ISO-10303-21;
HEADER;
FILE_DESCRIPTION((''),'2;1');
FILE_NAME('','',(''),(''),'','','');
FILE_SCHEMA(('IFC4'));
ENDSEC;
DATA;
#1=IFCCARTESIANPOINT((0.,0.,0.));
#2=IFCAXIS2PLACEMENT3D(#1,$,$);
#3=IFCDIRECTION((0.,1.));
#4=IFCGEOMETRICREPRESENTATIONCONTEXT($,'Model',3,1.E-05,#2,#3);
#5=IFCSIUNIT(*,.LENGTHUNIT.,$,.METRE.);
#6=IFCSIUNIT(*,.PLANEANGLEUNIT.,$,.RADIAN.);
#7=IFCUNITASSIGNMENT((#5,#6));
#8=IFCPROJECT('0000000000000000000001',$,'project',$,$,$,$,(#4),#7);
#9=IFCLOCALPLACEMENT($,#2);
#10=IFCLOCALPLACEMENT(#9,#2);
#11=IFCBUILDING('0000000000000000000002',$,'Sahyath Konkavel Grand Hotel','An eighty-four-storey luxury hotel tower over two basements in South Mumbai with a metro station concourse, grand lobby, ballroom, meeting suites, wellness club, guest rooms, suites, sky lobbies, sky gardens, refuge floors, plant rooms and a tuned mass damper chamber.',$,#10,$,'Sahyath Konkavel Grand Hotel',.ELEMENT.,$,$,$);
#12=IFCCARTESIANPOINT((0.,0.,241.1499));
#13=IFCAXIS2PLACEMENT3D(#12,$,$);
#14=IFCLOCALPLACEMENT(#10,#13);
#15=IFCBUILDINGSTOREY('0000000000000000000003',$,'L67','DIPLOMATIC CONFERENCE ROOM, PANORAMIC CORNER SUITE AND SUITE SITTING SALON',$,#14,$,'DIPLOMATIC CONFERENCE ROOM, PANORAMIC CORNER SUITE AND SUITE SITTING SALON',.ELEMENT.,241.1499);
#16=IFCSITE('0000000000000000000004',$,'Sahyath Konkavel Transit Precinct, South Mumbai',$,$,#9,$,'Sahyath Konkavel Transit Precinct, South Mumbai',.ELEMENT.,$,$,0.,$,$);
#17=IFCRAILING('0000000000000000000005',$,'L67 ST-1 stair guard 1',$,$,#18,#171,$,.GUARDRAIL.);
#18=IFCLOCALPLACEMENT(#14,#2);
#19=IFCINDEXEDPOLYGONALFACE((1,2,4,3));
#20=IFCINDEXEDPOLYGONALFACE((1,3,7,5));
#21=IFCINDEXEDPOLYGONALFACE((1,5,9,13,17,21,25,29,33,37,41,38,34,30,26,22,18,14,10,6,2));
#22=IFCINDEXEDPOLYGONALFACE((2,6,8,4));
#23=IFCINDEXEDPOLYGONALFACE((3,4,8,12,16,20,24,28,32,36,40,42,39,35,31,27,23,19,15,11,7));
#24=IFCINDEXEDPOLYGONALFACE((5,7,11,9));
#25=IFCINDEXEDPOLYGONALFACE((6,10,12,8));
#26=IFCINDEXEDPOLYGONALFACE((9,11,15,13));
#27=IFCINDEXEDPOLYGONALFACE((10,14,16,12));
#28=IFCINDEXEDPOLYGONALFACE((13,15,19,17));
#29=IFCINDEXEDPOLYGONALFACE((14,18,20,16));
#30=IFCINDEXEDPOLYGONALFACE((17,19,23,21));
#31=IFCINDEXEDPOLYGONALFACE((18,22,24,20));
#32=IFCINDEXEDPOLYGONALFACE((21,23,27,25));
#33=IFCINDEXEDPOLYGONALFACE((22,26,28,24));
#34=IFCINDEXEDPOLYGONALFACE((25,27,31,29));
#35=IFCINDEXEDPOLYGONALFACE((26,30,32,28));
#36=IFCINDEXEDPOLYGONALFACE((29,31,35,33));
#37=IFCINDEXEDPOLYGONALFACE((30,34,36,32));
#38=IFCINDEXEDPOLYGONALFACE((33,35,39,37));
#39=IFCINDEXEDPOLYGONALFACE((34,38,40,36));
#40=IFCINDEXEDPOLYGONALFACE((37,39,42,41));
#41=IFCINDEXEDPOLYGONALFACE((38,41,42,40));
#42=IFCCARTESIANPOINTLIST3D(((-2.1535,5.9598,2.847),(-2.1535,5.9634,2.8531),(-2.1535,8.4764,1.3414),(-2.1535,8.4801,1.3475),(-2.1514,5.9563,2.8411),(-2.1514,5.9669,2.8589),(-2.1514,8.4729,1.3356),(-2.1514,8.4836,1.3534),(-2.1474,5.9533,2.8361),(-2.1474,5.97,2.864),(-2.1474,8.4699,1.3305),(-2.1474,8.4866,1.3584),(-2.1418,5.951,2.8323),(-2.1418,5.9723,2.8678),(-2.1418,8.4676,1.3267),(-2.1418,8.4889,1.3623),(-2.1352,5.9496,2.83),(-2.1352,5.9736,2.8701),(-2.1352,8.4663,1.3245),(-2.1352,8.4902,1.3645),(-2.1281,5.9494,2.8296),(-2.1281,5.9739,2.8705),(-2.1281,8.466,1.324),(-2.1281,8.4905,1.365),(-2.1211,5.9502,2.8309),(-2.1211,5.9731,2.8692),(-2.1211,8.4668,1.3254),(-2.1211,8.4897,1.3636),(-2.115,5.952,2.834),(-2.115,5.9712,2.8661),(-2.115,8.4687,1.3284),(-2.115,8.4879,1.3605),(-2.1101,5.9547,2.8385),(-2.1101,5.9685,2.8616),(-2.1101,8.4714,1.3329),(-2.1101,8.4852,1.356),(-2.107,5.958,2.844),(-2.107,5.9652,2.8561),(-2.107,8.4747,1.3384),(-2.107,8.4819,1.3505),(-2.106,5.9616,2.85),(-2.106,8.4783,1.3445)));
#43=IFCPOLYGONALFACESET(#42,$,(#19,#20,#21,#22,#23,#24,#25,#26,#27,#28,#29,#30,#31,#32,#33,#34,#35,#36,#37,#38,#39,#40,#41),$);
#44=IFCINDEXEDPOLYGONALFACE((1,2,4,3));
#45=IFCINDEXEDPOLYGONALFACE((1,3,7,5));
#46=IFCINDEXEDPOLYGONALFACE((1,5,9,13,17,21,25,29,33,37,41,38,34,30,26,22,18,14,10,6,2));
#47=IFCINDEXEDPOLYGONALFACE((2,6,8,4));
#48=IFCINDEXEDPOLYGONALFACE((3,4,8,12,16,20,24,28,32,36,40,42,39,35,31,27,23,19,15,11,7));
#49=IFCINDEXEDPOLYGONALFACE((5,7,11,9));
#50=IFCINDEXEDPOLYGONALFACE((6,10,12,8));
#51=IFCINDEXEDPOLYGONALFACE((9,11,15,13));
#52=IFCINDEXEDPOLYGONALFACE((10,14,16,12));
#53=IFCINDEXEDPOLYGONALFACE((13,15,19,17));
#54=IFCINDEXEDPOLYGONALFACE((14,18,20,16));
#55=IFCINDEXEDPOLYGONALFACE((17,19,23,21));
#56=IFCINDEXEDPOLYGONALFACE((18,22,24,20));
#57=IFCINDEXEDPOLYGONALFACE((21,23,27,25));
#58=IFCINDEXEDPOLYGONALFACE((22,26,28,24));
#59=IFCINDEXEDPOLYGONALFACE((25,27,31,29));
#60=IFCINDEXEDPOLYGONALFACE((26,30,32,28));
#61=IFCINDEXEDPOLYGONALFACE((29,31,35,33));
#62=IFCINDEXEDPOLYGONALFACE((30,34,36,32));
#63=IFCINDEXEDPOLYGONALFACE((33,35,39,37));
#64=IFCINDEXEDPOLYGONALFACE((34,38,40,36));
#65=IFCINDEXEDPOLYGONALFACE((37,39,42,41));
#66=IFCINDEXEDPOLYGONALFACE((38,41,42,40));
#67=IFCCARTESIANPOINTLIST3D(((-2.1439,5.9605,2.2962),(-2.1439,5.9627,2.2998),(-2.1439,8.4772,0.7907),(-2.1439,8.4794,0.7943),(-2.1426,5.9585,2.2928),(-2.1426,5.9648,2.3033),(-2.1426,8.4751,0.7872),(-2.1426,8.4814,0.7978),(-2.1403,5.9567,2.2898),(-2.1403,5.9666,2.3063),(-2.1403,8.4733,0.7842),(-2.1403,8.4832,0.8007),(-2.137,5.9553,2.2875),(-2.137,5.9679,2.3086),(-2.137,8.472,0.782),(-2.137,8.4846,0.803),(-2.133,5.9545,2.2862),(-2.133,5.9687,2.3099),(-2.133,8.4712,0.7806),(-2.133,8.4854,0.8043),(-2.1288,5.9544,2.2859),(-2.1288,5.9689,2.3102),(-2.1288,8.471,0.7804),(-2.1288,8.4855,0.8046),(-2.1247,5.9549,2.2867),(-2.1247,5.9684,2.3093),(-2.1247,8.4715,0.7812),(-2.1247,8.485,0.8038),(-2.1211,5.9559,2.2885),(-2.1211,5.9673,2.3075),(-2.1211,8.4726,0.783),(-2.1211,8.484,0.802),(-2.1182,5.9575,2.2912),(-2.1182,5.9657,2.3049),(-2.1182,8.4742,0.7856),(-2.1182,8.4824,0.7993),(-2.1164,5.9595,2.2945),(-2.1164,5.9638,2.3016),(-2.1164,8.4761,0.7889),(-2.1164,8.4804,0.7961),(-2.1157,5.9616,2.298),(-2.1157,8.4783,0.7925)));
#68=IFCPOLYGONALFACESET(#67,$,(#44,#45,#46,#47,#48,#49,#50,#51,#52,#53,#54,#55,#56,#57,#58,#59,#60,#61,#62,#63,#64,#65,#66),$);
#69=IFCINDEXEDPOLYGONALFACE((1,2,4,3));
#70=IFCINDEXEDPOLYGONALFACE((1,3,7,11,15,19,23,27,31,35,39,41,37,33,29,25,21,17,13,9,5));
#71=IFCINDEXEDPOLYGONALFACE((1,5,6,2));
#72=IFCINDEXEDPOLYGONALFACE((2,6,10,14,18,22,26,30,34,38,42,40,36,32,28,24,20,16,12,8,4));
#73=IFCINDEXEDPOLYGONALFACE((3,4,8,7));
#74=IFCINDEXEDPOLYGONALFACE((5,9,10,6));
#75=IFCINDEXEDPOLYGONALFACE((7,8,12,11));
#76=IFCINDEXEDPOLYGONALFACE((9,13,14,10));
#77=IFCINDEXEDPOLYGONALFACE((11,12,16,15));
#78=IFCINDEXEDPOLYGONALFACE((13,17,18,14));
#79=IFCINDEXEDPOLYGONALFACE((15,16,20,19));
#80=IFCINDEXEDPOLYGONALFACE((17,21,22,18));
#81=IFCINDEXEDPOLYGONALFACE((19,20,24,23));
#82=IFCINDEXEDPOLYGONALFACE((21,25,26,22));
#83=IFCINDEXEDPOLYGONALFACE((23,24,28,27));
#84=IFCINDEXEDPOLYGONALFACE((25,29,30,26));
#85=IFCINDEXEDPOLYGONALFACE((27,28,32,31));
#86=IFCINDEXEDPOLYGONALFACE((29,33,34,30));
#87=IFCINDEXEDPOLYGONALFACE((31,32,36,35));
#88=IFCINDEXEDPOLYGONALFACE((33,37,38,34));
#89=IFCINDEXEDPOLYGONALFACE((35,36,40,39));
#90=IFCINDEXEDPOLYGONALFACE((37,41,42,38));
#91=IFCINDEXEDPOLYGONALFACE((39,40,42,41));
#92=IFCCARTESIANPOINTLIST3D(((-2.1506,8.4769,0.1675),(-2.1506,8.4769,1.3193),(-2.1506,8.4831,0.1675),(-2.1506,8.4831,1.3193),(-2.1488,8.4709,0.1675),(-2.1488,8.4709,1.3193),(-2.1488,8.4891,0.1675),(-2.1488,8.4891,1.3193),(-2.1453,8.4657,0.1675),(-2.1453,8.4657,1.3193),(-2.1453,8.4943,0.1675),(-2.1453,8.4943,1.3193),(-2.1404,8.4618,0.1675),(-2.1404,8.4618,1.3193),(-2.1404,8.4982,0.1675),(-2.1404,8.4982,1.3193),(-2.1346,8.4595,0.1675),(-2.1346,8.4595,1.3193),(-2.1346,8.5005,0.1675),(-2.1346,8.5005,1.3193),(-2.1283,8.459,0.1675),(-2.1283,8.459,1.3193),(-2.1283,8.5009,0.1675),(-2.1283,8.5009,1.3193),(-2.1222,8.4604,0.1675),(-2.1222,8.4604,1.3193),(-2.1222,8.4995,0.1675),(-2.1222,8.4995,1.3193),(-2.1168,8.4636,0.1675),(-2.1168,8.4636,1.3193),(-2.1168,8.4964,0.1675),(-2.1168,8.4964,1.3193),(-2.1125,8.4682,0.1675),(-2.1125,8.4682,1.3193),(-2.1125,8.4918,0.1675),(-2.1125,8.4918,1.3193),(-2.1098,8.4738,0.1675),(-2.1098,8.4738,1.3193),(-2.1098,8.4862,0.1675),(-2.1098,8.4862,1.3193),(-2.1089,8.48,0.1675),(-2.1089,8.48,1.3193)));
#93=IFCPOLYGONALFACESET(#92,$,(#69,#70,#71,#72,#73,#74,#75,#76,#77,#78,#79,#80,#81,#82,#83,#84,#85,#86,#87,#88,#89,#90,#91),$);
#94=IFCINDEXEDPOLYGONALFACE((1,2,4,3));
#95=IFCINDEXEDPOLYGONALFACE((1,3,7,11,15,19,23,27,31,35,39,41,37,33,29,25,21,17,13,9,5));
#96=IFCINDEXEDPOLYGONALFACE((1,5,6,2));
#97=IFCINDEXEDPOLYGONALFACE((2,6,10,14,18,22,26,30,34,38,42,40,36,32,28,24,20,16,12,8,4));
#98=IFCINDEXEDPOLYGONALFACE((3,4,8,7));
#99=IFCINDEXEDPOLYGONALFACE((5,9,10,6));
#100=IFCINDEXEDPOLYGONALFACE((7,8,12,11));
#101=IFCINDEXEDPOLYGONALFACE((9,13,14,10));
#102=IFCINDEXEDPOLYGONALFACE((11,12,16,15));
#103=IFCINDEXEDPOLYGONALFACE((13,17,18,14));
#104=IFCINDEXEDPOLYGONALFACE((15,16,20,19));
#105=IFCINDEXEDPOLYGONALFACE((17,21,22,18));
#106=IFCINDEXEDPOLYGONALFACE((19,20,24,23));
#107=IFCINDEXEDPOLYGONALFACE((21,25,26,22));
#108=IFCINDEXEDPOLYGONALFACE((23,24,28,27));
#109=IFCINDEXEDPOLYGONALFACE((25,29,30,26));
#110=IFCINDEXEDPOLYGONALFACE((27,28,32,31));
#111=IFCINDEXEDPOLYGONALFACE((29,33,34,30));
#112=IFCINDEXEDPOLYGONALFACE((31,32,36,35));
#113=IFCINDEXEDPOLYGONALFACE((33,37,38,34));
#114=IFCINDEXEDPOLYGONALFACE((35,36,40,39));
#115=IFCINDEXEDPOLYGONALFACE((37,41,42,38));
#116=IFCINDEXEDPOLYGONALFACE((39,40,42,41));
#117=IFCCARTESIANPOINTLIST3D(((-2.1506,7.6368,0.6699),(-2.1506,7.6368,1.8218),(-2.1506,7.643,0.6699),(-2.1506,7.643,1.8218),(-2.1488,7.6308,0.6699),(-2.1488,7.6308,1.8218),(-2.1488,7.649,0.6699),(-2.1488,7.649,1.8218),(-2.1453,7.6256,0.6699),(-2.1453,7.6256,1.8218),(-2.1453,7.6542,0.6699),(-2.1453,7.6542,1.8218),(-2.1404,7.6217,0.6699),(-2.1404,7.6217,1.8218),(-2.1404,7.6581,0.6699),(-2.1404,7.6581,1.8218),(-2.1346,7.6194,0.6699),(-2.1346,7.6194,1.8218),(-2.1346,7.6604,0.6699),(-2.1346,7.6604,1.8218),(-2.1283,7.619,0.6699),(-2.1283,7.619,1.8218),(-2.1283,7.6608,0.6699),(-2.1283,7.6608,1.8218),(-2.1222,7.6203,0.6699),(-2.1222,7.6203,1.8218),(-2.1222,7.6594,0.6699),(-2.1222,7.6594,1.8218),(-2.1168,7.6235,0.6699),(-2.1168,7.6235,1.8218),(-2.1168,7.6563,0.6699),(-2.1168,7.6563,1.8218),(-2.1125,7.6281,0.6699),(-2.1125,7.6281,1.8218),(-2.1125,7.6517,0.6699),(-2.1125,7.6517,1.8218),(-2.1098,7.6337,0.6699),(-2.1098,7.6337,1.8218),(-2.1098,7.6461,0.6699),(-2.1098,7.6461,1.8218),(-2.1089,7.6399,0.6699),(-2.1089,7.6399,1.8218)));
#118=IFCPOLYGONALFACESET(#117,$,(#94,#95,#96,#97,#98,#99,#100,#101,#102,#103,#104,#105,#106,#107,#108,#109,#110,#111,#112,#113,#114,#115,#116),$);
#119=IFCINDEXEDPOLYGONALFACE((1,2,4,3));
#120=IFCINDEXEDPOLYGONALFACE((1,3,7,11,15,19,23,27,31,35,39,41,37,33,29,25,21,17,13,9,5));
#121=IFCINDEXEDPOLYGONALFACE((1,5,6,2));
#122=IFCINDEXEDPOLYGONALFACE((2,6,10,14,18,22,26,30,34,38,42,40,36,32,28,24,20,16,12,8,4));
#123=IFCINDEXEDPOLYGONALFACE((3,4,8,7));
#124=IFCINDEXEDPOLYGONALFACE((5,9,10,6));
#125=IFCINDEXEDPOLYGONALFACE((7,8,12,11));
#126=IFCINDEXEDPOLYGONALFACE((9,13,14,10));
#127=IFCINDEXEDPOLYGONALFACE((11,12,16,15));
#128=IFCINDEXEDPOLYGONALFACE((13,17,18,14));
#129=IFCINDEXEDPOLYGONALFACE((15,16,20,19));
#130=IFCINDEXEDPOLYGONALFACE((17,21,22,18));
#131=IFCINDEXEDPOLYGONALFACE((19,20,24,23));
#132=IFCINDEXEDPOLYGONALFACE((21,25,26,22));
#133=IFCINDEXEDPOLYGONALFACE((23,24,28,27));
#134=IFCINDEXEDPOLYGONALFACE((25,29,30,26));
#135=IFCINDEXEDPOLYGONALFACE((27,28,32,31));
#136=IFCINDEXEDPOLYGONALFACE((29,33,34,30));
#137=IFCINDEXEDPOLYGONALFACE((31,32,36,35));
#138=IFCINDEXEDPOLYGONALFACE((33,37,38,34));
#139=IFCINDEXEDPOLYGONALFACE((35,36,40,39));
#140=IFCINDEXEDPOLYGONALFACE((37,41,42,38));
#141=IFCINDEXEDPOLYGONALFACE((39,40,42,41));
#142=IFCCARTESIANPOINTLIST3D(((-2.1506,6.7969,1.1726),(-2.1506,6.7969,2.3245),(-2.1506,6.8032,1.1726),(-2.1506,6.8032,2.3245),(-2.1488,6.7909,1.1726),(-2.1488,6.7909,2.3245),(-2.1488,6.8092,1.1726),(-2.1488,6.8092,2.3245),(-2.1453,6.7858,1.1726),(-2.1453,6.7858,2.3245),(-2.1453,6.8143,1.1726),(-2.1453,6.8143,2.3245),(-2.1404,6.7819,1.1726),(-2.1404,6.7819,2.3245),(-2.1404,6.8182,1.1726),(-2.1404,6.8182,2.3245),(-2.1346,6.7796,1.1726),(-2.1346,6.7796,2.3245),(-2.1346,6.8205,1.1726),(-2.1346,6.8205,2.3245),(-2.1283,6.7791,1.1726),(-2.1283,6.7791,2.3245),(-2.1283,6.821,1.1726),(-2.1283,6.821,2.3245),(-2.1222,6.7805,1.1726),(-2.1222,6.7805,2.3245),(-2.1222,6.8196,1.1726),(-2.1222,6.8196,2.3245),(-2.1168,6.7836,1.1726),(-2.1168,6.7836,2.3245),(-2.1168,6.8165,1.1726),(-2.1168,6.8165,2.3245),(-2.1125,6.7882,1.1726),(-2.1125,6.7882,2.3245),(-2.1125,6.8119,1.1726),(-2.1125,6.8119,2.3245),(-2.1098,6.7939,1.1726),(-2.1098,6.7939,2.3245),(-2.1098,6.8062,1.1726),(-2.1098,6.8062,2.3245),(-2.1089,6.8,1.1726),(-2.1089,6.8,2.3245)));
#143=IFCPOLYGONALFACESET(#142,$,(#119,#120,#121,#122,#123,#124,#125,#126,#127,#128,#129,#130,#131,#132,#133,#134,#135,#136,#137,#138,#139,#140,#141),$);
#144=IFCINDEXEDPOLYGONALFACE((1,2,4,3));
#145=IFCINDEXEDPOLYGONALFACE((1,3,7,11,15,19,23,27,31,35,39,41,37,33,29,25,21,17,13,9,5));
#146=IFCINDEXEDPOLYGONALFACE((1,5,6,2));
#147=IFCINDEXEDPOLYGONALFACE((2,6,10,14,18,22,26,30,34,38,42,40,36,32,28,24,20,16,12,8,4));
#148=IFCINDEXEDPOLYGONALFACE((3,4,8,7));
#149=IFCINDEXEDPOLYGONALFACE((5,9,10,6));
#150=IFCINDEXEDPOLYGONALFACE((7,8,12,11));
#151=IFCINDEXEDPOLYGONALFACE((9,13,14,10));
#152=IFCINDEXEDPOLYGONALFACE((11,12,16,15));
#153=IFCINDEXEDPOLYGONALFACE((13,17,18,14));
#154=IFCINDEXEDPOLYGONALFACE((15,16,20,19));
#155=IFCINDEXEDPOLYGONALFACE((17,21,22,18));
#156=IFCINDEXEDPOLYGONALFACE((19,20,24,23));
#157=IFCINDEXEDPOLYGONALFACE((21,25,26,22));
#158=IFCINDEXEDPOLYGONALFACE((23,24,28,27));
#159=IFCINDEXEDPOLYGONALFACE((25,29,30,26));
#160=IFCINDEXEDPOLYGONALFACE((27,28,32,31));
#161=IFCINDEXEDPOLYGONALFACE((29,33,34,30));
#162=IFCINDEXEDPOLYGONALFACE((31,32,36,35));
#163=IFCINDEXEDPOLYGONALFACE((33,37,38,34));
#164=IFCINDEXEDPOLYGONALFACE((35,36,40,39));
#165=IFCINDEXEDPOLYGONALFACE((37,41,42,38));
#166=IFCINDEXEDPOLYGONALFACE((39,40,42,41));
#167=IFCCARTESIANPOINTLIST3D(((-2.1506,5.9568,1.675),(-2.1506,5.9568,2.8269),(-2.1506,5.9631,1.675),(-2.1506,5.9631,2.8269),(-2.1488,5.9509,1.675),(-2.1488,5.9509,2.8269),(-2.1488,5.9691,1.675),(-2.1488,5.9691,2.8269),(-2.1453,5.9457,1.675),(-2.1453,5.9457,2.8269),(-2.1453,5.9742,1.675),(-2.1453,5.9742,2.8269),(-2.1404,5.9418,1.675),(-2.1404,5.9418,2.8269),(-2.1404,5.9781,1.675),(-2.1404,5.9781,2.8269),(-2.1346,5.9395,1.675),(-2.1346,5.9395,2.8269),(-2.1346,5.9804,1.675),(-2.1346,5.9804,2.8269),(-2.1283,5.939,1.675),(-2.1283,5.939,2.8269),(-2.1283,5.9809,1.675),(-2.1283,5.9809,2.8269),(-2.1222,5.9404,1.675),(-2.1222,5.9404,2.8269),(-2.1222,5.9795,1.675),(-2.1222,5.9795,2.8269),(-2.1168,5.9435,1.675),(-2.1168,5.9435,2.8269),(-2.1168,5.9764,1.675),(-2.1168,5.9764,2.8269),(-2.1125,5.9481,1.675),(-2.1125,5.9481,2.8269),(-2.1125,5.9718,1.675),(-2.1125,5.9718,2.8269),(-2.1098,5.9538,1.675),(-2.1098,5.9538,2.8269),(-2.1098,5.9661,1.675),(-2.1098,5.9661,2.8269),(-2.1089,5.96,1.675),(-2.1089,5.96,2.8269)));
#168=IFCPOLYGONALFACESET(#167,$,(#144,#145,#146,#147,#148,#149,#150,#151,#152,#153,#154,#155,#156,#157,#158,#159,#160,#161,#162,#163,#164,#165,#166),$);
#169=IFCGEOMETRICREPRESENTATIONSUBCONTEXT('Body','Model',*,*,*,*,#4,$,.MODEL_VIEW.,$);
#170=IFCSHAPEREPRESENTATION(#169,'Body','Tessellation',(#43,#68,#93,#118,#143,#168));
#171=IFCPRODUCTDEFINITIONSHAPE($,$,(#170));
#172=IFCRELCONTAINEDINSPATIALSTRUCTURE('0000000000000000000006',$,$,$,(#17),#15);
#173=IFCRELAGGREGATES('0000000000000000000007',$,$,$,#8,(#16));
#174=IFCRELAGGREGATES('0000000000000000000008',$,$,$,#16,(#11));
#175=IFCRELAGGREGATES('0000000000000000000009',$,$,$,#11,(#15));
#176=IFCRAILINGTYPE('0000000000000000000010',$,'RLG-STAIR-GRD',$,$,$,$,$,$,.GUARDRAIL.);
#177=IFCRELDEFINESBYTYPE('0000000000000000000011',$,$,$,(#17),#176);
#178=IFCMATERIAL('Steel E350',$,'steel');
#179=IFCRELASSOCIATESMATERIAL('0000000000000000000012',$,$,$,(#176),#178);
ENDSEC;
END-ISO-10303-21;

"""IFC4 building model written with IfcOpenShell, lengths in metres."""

from ifc_helpers import new_model, si_unit, direction, frame, origin, origin_2d, place, context, subcontext, project, spatial, circle, extrude, material, type_object, element, save


model = new_model("IFC4")

# Units and contexts
model_context = context("Model", 3, precision=1e-05, world=origin(), true_north=direction((0.0, 1.0)))
body_context = subcontext(model_context, "Body", "Model", "MODEL_VIEW")
ifc_project = project(units=[si_unit("LENGTHUNIT", "METRE"), si_unit("PLANEANGLEUNIT", "RADIAN")], contexts=[model_context])

# Site, building, storey
site_placement = place(None, origin())
site = spatial("IfcSite", under=ifc_project, at=site_placement, Name="Sahyath Konkavel Transit Precinct, South Mumbai", LongName="Sahyath Konkavel Transit Precinct, South Mumbai", CompositionType="ELEMENT", RefElevation=0.0)
building_placement = place(site_placement, origin())
building = spatial("IfcBuilding", under=site, at=building_placement, Name="Sahyath Konkavel Grand Hotel", Description="An eighty-four-storey luxury hotel tower over two basements in South Mumbai with a metro station concourse, grand lobby, ballroom, meeting suites, wellness club, guest rooms, suites, sky lobbies, sky gardens, refuge floors, plant rooms and a tuned mass damper chamber.", LongName="Sahyath Konkavel Grand Hotel", CompositionType="ELEMENT")
storey_placement = place(building_placement, frame((0.0, 0.0, 241.1499)))
storey = spatial("IfcBuildingStorey", under=building, at=storey_placement, Name="L67", Description="DIPLOMATIC CONFERENCE ROOM, PANORAMIC CORNER SUITE AND SUITE SITTING SALON", LongName="DIPLOMATIC CONFERENCE ROOM, PANORAMIC CORNER SUITE AND SUITE SITTING SALON", CompositionType="ELEMENT", Elevation=241.1499)

# Shared definitions
ifc_material_1 = material(Name="Steel E350", Category="steel")

# Railing
railing_type_1 = type_object("IfcRailingType", Name="RLG-STAIR-GRD", PredefinedType="GUARDRAIL", material=ifc_material_1)
railing_1_placement = place(storey_placement, frame((-2.1299, 8.48, 0.1675)))
element("IfcRailing", 1, at=railing_1_placement, inside=storey, type_object=railing_type_1, Name="L67 ST-1 stair guard 1", PredefinedType="GUARDRAIL", context=body_context, shape_type="SweptSolid", body=[
    extrude(circle(Radius=0.0239, at=origin_2d()), frame((0.0, -0.0017, 1.177), z_axis=(0.0, -0.85816, 0.513383), x_axis=(1.0, 0.0, 0.0)), (0.0, 0.0, 1.0), 2.9326),
    extrude(circle(Radius=0.0142, at=origin_2d()), frame((0.0, -0.0017, 0.625), z_axis=(0.0, -0.85816, 0.513383), x_axis=(1.0, 0.0, 0.0)), (0.0, 0.0, 1.0), 2.9326),
    extrude(circle(Radius=0.021, at=origin_2d()), origin(), (0.0, 0.0, 1.0), 1.1519),
    extrude(circle(Radius=0.021, at=origin_2d()), frame((0.0, -0.8401, 0.5024)), (0.0, 0.0, 1.0), 1.1519),
    extrude(circle(Radius=0.021, at=origin_2d()), frame((0.0, -1.6799, 1.0051)), (0.0, 0.0, 1.0), 1.1519),
    extrude(circle(Radius=0.021, at=origin_2d()), frame((0.0, -2.52, 1.5076)), (0.0, 0.0, 1.0), 1.1519),
])

save(model, "model.ifc")
